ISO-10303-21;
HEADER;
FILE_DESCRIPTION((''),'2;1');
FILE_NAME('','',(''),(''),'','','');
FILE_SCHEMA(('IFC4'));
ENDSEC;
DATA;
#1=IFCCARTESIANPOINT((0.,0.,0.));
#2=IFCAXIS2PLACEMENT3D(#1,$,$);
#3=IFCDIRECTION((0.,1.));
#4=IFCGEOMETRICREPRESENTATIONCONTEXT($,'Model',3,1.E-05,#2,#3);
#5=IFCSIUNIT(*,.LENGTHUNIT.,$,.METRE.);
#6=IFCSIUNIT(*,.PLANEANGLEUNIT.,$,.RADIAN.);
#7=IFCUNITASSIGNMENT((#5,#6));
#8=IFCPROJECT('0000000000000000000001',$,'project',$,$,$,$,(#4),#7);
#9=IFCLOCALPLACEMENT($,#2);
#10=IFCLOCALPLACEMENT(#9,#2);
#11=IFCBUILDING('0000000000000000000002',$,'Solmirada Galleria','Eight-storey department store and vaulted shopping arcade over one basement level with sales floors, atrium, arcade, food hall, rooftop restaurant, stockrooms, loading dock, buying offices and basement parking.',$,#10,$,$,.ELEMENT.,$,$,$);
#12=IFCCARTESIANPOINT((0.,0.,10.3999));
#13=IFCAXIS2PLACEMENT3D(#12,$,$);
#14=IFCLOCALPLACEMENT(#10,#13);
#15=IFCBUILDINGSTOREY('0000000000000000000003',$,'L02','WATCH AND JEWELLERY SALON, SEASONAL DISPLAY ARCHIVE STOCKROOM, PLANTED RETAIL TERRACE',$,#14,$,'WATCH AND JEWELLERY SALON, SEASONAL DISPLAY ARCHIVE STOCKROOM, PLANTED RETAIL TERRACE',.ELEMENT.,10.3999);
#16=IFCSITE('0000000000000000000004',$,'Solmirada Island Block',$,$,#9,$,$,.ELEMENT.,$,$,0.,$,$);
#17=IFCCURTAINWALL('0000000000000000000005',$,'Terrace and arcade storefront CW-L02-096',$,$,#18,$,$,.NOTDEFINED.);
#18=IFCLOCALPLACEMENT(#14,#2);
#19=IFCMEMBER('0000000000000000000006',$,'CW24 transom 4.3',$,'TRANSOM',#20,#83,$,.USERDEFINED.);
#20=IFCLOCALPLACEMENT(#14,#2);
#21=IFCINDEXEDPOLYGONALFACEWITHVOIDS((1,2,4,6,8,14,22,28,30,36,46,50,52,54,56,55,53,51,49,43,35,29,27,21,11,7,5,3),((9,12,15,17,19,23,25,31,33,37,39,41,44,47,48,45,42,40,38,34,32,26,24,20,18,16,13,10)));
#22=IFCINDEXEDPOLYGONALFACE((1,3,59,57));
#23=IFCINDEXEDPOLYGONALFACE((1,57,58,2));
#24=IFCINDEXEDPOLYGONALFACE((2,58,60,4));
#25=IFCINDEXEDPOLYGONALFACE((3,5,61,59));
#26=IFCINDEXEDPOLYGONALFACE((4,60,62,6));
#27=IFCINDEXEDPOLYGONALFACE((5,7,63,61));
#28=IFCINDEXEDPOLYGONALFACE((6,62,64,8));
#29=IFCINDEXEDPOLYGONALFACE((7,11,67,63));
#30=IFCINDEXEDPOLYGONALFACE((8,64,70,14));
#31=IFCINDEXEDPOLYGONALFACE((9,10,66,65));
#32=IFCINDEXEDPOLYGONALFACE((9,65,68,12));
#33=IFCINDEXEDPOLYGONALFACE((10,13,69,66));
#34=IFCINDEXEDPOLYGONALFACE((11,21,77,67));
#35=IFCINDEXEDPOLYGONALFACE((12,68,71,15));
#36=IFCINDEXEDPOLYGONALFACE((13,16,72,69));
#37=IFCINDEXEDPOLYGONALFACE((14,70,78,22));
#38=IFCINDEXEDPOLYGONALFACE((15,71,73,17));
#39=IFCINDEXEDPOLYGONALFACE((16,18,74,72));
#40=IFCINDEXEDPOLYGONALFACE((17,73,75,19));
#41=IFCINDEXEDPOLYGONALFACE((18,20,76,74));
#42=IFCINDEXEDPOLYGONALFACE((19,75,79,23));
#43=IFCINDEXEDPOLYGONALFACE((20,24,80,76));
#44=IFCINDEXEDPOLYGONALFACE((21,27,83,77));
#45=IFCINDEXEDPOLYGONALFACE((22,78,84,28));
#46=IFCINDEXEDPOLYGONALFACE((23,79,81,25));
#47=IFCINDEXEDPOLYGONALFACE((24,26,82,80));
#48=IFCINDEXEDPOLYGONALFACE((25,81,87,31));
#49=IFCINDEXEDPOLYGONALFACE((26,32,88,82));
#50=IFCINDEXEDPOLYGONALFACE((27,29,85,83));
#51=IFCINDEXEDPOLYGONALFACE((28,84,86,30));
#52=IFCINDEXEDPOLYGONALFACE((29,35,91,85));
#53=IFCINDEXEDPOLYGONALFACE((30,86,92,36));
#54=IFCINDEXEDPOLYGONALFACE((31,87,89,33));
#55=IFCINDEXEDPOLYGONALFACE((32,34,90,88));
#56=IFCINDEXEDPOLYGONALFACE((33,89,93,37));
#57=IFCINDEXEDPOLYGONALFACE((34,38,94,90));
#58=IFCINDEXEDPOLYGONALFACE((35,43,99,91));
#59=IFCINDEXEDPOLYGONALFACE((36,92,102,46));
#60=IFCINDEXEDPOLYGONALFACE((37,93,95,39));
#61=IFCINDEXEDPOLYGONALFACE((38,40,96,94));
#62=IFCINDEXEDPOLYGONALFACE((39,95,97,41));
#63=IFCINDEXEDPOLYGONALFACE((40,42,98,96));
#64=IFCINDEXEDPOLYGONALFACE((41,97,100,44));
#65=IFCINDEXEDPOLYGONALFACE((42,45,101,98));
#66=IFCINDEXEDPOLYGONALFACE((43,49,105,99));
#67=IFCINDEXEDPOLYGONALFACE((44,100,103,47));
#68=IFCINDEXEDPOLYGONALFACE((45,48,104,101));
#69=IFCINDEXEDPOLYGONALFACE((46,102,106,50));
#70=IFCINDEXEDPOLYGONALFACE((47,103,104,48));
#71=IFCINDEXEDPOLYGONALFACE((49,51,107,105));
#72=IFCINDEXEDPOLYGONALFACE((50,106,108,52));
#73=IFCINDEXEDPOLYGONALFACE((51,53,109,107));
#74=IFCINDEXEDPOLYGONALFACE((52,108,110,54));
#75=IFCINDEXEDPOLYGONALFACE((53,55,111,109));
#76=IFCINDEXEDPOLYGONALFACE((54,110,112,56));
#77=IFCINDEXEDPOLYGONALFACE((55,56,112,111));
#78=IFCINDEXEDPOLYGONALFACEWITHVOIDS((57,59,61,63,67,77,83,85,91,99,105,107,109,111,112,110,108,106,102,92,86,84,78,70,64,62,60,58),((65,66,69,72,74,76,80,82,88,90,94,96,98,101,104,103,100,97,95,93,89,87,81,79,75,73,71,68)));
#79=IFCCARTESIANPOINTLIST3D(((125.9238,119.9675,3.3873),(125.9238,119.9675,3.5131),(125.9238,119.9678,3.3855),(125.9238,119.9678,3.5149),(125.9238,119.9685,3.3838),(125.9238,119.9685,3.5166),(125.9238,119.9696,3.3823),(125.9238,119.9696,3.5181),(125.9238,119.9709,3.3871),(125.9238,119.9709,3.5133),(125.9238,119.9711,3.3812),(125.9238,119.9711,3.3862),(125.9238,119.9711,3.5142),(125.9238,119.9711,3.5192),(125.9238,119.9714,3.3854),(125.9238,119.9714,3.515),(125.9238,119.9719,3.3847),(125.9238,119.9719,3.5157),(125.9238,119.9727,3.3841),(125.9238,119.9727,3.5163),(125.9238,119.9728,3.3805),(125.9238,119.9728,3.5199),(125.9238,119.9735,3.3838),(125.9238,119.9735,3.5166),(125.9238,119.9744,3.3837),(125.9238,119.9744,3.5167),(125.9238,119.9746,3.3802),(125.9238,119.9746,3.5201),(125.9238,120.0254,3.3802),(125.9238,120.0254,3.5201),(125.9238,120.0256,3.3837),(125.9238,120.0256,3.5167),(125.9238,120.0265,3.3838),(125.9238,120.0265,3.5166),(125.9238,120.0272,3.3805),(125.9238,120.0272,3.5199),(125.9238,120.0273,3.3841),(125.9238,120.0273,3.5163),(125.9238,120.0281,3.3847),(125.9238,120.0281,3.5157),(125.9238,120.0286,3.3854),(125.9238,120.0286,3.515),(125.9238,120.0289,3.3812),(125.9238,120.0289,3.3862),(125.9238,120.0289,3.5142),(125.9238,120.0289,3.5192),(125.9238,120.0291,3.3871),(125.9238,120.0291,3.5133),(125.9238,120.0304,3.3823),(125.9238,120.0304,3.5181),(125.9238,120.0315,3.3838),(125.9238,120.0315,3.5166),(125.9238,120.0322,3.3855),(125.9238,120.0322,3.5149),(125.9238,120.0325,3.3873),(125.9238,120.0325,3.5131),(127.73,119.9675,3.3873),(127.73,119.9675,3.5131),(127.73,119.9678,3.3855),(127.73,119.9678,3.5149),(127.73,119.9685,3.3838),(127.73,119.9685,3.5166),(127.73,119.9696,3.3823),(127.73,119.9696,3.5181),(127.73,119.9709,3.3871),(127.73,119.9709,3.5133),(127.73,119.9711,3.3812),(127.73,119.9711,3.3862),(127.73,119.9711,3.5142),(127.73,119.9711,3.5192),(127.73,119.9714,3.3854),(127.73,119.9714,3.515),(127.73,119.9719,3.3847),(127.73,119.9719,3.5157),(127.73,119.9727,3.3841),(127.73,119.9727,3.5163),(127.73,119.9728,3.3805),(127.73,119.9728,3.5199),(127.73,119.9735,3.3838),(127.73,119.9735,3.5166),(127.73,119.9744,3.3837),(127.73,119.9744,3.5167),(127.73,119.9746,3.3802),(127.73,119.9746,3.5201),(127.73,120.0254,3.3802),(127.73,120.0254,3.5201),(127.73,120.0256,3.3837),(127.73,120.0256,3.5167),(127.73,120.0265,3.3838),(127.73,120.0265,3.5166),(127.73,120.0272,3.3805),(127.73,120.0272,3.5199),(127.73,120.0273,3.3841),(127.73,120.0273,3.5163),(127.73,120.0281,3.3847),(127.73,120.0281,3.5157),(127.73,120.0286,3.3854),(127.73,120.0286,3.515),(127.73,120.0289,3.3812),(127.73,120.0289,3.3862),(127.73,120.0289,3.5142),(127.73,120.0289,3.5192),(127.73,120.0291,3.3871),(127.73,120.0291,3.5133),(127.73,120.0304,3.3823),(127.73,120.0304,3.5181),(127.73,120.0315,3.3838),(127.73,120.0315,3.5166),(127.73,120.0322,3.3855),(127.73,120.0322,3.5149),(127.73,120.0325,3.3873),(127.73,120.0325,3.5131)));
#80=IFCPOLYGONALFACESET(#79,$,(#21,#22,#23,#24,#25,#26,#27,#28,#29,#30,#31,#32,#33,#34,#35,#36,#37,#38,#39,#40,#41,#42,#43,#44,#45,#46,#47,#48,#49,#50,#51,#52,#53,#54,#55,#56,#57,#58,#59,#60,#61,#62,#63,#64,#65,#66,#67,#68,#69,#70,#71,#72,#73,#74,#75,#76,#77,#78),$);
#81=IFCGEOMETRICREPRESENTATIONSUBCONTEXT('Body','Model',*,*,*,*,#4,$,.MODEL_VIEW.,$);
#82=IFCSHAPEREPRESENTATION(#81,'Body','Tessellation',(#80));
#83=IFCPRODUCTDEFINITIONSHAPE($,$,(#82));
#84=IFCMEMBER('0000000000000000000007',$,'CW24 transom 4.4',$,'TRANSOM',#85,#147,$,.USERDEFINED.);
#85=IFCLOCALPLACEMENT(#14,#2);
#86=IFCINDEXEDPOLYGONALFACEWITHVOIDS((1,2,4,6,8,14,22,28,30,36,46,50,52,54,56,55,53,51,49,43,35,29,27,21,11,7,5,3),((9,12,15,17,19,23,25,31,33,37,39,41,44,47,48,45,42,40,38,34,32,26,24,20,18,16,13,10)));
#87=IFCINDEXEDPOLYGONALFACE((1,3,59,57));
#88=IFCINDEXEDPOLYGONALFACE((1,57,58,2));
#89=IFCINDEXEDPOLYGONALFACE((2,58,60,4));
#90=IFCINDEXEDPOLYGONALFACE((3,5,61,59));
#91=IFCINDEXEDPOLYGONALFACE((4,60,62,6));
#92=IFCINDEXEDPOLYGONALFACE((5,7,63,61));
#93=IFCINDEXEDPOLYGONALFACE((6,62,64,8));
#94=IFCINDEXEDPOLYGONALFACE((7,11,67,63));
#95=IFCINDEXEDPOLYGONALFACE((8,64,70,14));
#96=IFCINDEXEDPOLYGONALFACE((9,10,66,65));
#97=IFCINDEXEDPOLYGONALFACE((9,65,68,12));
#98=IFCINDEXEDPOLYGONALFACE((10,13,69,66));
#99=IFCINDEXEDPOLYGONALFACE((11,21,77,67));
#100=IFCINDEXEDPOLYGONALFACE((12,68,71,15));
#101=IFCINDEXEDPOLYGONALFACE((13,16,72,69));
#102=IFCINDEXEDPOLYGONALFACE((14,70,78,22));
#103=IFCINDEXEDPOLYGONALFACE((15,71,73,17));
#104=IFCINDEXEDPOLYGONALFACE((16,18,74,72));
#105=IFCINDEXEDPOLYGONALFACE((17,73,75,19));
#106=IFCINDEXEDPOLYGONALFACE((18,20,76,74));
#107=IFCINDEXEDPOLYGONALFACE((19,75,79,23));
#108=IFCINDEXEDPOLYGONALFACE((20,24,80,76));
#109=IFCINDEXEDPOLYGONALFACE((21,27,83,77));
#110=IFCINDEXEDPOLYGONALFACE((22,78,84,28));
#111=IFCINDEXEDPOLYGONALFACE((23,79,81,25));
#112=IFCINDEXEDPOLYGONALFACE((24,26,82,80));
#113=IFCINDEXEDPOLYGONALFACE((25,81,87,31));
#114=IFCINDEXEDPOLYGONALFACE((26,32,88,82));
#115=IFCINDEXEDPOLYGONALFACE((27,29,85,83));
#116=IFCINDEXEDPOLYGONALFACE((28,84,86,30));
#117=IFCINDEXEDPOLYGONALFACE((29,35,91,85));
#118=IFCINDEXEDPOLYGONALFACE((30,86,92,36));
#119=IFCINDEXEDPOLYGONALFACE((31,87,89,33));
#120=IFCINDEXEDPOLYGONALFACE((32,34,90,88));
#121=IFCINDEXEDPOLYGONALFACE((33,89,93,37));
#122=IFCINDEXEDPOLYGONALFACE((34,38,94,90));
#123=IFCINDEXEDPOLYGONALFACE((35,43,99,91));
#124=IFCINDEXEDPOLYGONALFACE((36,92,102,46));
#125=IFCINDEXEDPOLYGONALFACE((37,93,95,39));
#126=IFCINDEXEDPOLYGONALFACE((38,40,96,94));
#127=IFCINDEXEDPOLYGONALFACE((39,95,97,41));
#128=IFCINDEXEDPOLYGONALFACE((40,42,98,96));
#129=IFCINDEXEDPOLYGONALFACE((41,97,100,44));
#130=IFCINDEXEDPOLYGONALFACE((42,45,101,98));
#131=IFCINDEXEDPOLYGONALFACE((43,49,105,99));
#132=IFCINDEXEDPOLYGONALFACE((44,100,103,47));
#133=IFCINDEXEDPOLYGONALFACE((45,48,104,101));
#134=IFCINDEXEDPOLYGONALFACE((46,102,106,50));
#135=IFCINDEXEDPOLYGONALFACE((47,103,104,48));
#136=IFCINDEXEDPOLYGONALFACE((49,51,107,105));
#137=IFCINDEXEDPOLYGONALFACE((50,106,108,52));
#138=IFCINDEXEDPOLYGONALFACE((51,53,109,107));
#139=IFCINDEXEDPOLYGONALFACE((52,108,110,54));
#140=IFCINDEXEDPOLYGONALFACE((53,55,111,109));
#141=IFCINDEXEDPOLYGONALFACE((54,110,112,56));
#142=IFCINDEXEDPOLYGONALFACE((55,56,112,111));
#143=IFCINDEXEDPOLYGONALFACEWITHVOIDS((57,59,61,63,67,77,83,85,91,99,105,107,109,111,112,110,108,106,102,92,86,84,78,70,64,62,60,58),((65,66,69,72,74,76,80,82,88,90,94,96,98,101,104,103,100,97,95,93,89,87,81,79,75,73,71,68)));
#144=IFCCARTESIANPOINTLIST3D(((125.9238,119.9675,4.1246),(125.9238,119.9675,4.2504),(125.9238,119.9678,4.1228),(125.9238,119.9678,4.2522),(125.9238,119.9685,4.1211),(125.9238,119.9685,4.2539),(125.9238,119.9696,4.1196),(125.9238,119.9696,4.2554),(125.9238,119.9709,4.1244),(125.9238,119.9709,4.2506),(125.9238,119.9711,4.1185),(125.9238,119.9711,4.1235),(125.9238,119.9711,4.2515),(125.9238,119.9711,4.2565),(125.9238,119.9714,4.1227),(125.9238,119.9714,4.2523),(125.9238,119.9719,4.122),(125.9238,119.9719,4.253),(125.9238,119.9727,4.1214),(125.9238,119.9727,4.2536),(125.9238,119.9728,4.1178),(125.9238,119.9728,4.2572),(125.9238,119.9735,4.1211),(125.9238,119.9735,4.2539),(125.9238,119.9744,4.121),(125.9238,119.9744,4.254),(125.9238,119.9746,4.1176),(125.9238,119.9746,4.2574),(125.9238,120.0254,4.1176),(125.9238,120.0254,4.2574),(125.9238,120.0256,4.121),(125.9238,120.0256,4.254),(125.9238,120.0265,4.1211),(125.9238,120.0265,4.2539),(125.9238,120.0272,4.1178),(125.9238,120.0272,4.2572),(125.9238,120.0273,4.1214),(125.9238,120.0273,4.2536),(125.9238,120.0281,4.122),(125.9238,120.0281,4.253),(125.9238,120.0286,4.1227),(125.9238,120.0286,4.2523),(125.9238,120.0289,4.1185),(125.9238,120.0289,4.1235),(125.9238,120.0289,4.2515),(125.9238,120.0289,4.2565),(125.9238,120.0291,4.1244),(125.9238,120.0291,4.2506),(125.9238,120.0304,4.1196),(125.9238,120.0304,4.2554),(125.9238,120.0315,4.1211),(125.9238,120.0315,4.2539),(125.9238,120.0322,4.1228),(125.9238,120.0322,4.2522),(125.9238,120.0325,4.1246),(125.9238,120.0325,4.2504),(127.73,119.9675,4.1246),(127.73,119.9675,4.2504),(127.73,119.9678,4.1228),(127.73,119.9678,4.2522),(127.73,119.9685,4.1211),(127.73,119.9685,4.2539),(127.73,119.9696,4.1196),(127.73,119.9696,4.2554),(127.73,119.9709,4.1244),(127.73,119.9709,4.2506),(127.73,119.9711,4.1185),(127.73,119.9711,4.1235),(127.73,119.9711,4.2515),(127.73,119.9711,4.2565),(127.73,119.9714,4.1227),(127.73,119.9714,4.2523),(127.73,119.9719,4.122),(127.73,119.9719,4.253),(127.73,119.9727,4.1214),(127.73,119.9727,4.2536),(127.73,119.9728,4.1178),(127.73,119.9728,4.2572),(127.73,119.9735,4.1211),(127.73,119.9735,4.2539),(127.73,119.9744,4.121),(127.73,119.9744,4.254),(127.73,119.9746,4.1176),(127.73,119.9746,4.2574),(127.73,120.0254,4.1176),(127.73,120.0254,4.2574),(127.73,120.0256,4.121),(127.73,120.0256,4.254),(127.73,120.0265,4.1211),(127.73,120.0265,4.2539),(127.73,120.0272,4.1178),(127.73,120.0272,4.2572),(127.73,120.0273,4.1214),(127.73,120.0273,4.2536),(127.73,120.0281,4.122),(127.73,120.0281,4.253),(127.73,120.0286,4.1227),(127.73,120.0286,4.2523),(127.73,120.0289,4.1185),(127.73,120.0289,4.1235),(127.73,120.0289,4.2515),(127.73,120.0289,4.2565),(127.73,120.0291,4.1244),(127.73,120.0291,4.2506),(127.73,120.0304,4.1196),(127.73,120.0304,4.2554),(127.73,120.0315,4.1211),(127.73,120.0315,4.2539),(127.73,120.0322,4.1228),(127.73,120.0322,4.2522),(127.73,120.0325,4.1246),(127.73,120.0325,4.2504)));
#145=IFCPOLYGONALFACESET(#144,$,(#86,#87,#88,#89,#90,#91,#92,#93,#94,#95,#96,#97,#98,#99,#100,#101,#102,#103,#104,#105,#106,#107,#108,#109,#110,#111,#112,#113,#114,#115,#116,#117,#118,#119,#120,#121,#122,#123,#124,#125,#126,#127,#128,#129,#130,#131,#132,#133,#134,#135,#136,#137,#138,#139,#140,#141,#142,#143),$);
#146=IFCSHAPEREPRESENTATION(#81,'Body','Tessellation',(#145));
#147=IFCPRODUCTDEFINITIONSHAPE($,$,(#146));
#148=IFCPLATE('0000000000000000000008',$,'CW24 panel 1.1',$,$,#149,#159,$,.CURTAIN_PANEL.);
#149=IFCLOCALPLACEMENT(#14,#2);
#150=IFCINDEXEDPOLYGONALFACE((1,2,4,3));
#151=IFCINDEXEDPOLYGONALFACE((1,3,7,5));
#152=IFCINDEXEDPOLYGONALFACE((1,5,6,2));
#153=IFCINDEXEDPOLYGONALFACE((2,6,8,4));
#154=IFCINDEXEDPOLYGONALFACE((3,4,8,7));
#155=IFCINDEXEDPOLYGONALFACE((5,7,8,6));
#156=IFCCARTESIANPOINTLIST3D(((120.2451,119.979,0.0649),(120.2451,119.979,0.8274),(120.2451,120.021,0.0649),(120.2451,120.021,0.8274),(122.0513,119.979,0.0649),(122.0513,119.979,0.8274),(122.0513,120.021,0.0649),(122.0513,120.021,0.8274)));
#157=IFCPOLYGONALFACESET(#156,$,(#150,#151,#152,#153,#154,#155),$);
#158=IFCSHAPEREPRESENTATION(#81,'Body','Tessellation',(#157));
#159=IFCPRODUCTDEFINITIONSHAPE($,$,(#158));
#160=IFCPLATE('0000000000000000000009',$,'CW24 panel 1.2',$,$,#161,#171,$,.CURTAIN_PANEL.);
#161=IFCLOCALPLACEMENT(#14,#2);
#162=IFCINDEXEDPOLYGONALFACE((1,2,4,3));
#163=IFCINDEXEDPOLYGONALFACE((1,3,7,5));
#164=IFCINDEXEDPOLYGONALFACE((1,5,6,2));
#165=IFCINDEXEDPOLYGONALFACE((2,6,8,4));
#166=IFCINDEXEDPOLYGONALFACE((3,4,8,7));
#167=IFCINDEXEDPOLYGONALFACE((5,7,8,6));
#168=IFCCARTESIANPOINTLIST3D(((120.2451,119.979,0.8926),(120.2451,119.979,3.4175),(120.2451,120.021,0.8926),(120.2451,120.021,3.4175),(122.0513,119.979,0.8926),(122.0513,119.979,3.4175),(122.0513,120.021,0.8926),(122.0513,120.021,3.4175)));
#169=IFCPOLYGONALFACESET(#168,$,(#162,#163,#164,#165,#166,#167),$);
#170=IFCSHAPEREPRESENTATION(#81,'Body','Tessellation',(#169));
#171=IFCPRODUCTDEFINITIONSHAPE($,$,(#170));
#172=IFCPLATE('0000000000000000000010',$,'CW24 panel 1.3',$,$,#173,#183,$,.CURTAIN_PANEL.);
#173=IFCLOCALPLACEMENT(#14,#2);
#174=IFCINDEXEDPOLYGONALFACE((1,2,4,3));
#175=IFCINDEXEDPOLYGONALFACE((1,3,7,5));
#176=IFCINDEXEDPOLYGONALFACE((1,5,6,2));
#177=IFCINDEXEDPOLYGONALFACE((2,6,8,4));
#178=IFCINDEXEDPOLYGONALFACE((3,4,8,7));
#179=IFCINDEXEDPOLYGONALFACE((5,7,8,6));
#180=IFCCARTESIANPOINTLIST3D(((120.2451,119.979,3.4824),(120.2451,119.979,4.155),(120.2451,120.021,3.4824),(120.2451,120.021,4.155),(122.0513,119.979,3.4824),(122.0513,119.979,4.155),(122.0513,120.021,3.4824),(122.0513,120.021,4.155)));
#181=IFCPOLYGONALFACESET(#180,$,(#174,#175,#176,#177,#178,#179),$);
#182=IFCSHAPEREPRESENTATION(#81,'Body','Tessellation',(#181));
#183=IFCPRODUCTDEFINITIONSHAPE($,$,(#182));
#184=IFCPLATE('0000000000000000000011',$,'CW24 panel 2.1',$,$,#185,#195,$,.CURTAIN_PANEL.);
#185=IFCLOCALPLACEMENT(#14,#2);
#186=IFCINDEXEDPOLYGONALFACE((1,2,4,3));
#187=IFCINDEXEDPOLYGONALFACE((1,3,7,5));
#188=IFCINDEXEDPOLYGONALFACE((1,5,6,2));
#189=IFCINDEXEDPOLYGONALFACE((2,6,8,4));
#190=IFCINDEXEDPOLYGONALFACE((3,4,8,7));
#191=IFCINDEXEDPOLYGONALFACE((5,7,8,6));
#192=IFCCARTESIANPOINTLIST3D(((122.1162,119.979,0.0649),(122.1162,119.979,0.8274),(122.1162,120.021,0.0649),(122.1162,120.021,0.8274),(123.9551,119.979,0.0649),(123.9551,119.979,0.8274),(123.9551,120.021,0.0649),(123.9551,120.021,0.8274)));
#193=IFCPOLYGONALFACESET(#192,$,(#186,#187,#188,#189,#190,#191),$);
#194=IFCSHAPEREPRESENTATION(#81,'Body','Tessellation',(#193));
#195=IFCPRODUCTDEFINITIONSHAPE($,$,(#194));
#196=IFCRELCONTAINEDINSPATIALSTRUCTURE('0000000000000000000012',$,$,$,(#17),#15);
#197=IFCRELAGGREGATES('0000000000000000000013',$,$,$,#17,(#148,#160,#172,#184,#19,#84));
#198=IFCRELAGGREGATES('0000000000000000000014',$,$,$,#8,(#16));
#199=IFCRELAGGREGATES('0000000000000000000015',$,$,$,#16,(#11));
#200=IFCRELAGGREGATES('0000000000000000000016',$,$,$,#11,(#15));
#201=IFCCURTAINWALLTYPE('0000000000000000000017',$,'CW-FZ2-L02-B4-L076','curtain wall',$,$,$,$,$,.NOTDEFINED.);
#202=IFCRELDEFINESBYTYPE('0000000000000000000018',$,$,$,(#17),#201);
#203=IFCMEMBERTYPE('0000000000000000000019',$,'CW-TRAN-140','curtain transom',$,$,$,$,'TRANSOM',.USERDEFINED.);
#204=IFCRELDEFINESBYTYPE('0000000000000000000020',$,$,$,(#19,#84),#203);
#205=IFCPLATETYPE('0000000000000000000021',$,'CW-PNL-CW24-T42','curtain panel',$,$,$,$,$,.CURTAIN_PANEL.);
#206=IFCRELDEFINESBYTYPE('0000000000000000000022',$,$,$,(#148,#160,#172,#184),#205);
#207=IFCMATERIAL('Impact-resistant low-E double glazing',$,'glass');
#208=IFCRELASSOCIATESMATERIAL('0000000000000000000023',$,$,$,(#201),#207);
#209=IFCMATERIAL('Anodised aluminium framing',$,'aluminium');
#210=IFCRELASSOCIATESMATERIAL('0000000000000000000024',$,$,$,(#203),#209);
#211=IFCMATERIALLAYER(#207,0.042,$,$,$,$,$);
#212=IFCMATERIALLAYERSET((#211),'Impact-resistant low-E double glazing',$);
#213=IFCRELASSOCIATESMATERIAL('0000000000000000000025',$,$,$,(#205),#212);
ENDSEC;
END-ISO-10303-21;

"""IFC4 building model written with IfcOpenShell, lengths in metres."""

from ifc_helpers import new_model, si_unit, direction, frame, origin, origin_2d, place, context, subcontext, project, spatial, rectangle, hollow_rectangle, extrude, material, layer, layer_set, material_profile, profile_set, type_object, element, aggregate, save


model = new_model("IFC4")

# Units and contexts
model_context = context("Model", 3, precision=1e-05, world=origin(), true_north=direction((0.0, 1.0)))
body_context = subcontext(model_context, "Body", "Model", "MODEL_VIEW")
ifc_project = project(units=[si_unit("LENGTHUNIT", "METRE"), si_unit("PLANEANGLEUNIT", "RADIAN")], contexts=[model_context])

# Site, building, storey
site_placement = place(None, origin())
site = spatial("IfcSite", under=ifc_project, at=site_placement, Name="Solmirada Island Block", CompositionType="ELEMENT", RefElevation=0.0)
building_placement = place(site_placement, origin())
building = spatial("IfcBuilding", under=site, at=building_placement, Name="Solmirada Galleria", Description="Eight-storey department store and vaulted shopping arcade over one basement level with sales floors, atrium, arcade, food hall, rooftop restaurant, stockrooms, loading dock, buying offices and basement parking.", CompositionType="ELEMENT")
storey_placement = place(building_placement, frame((0.0, 0.0, 10.3999)))
storey = spatial("IfcBuildingStorey", under=building, at=storey_placement, Name="L02", Description="WATCH AND JEWELLERY SALON, SEASONAL DISPLAY ARCHIVE STOCKROOM, PLANTED RETAIL TERRACE", LongName="WATCH AND JEWELLERY SALON, SEASONAL DISPLAY ARCHIVE STOCKROOM, PLANTED RETAIL TERRACE", CompositionType="ELEMENT", Elevation=10.3999)

# Shared definitions
ifc_material_1 = material(Name="Impact-resistant low-E double glazing", Category="glass")
ifc_material_2 = material(Name="Anodised aluminium framing", Category="aluminium")

# Curtain wall, members, plates
curtain_wall_type_1 = type_object("IfcCurtainWallType", Name="CW-FZ2-L02-B4-L076", Description="curtain wall", PredefinedType="NOTDEFINED", material=ifc_material_1)
curtain_wall_1_placement = place(storey_placement, origin())
curtain_wall_1 = element("IfcCurtainWall", 1, at=curtain_wall_1_placement, inside=storey, type_object=curtain_wall_type_1, Name="Terrace and arcade storefront CW-L02-096", PredefinedType="NOTDEFINED")
ifc_material_profile_1 = material_profile(ifc_material_2, hollow_rectangle(XDim=0.0649, YDim=0.1399, WallThickness=0.0034, InnerFilletRadius=0.0034, OuterFilletRadius=0.0071, at=origin_2d()), Name="ALU-TRAN-140X65")
ifc_profile_set_1 = profile_set([ifc_material_profile_1], Name="Anodised aluminium framing")
member_type_1 = type_object("IfcMemberType", Name="CW-TRAN-140", Description="curtain transom", ElementType="TRANSOM", PredefinedType="USERDEFINED", material=ifc_profile_set_1)
member_1_placement = place(storey_placement, frame((125.9238, 120.0, 3.4502), z_axis=(1.0, 0.0, 0.0), x_axis=(0.0, 1.0, 0.0)))
member_1 = element("IfcMember", 2, at=member_1_placement, type_object=member_type_1, Name="CW24 transom 4.3", ObjectType="TRANSOM", PredefinedType="USERDEFINED", context=body_context, shape_type="SweptSolid", body=[
    extrude(hollow_rectangle(XDim=0.0649, YDim=0.1399, WallThickness=0.0034, InnerFilletRadius=0.0034, OuterFilletRadius=0.0071, at=origin_2d()), origin(), (0.0, 0.0, 1.0), 1.8062),
])
member_2_placement = place(storey_placement, frame((125.9238, 120.0, 4.1875), z_axis=(1.0, 0.0, 0.0), x_axis=(0.0, 1.0, 0.0)))
member_2 = element("IfcMember", 3, at=member_2_placement, type_object=member_type_1, Name="CW24 transom 4.4", ObjectType="TRANSOM", PredefinedType="USERDEFINED", context=body_context, shape_type="SweptSolid", body=[
    extrude(hollow_rectangle(XDim=0.0649, YDim=0.1399, WallThickness=0.0034, InnerFilletRadius=0.0034, OuterFilletRadius=0.0071, at=origin_2d()), origin(), (0.0, 0.0, 1.0), 1.8062),
])
ifc_layer_1 = layer(ifc_material_1, 0.042)
ifc_layer_set_1 = layer_set([ifc_layer_1], Name="Impact-resistant low-E double glazing")
plate_type = type_object("IfcPlateType", Name="CW-PNL-CW24-T42", Description="curtain panel", PredefinedType="CURTAIN_PANEL", material=ifc_layer_set_1)
plate_1_placement = place(storey_placement, frame((121.1482, 120.0, 0.0649), z_axis=(0.0, 0.0, 1.0), x_axis=(1.0, 0.0, 0.0)))
plate_1 = element("IfcPlate", 4, at=plate_1_placement, type_object=plate_type, Name="CW24 panel 1.1", PredefinedType="CURTAIN_PANEL", context=body_context, shape_type="SweptSolid", body=[
    extrude(rectangle(XDim=1.8062, YDim=0.042, at=origin_2d()), origin(), (0.0, 0.0, 1.0), 0.7625),
])
plate_2_placement = place(storey_placement, frame((121.1482, 120.0, 0.8926), z_axis=(0.0, 0.0, 1.0), x_axis=(1.0, 0.0, 0.0)))
plate_2 = element("IfcPlate", 5, at=plate_2_placement, type_object=plate_type, Name="CW24 panel 1.2", PredefinedType="CURTAIN_PANEL", context=body_context, shape_type="SweptSolid", body=[
    extrude(rectangle(XDim=1.8062, YDim=0.042, at=origin_2d()), origin(), (0.0, 0.0, 1.0), 2.5249),
])
plate_3_placement = place(storey_placement, frame((121.1482, 120.0, 3.4824), z_axis=(0.0, 0.0, 1.0), x_axis=(1.0, 0.0, 0.0)))
plate_3 = element("IfcPlate", 6, at=plate_3_placement, type_object=plate_type, Name="CW24 panel 1.3", PredefinedType="CURTAIN_PANEL", context=body_context, shape_type="SweptSolid", body=[
    extrude(rectangle(XDim=1.8062, YDim=0.042, at=origin_2d()), origin(), (0.0, 0.0, 1.0), 0.6726),
])
plate_4_placement = place(storey_placement, frame((123.0356, 120.0, 0.0649), z_axis=(0.0, 0.0, 1.0), x_axis=(1.0, 0.0, 0.0)))
plate_4 = element("IfcPlate", 7, at=plate_4_placement, type_object=plate_type, Name="CW24 panel 2.1", PredefinedType="CURTAIN_PANEL", context=body_context, shape_type="SweptSolid", body=[
    extrude(rectangle(XDim=1.8389, YDim=0.042, at=origin_2d()), origin(), (0.0, 0.0, 1.0), 0.7625),
])
aggregate(curtain_wall_1, [plate_1, plate_2, plate_3, plate_4, member_1, member_2])

save(model, "model.ifc")
